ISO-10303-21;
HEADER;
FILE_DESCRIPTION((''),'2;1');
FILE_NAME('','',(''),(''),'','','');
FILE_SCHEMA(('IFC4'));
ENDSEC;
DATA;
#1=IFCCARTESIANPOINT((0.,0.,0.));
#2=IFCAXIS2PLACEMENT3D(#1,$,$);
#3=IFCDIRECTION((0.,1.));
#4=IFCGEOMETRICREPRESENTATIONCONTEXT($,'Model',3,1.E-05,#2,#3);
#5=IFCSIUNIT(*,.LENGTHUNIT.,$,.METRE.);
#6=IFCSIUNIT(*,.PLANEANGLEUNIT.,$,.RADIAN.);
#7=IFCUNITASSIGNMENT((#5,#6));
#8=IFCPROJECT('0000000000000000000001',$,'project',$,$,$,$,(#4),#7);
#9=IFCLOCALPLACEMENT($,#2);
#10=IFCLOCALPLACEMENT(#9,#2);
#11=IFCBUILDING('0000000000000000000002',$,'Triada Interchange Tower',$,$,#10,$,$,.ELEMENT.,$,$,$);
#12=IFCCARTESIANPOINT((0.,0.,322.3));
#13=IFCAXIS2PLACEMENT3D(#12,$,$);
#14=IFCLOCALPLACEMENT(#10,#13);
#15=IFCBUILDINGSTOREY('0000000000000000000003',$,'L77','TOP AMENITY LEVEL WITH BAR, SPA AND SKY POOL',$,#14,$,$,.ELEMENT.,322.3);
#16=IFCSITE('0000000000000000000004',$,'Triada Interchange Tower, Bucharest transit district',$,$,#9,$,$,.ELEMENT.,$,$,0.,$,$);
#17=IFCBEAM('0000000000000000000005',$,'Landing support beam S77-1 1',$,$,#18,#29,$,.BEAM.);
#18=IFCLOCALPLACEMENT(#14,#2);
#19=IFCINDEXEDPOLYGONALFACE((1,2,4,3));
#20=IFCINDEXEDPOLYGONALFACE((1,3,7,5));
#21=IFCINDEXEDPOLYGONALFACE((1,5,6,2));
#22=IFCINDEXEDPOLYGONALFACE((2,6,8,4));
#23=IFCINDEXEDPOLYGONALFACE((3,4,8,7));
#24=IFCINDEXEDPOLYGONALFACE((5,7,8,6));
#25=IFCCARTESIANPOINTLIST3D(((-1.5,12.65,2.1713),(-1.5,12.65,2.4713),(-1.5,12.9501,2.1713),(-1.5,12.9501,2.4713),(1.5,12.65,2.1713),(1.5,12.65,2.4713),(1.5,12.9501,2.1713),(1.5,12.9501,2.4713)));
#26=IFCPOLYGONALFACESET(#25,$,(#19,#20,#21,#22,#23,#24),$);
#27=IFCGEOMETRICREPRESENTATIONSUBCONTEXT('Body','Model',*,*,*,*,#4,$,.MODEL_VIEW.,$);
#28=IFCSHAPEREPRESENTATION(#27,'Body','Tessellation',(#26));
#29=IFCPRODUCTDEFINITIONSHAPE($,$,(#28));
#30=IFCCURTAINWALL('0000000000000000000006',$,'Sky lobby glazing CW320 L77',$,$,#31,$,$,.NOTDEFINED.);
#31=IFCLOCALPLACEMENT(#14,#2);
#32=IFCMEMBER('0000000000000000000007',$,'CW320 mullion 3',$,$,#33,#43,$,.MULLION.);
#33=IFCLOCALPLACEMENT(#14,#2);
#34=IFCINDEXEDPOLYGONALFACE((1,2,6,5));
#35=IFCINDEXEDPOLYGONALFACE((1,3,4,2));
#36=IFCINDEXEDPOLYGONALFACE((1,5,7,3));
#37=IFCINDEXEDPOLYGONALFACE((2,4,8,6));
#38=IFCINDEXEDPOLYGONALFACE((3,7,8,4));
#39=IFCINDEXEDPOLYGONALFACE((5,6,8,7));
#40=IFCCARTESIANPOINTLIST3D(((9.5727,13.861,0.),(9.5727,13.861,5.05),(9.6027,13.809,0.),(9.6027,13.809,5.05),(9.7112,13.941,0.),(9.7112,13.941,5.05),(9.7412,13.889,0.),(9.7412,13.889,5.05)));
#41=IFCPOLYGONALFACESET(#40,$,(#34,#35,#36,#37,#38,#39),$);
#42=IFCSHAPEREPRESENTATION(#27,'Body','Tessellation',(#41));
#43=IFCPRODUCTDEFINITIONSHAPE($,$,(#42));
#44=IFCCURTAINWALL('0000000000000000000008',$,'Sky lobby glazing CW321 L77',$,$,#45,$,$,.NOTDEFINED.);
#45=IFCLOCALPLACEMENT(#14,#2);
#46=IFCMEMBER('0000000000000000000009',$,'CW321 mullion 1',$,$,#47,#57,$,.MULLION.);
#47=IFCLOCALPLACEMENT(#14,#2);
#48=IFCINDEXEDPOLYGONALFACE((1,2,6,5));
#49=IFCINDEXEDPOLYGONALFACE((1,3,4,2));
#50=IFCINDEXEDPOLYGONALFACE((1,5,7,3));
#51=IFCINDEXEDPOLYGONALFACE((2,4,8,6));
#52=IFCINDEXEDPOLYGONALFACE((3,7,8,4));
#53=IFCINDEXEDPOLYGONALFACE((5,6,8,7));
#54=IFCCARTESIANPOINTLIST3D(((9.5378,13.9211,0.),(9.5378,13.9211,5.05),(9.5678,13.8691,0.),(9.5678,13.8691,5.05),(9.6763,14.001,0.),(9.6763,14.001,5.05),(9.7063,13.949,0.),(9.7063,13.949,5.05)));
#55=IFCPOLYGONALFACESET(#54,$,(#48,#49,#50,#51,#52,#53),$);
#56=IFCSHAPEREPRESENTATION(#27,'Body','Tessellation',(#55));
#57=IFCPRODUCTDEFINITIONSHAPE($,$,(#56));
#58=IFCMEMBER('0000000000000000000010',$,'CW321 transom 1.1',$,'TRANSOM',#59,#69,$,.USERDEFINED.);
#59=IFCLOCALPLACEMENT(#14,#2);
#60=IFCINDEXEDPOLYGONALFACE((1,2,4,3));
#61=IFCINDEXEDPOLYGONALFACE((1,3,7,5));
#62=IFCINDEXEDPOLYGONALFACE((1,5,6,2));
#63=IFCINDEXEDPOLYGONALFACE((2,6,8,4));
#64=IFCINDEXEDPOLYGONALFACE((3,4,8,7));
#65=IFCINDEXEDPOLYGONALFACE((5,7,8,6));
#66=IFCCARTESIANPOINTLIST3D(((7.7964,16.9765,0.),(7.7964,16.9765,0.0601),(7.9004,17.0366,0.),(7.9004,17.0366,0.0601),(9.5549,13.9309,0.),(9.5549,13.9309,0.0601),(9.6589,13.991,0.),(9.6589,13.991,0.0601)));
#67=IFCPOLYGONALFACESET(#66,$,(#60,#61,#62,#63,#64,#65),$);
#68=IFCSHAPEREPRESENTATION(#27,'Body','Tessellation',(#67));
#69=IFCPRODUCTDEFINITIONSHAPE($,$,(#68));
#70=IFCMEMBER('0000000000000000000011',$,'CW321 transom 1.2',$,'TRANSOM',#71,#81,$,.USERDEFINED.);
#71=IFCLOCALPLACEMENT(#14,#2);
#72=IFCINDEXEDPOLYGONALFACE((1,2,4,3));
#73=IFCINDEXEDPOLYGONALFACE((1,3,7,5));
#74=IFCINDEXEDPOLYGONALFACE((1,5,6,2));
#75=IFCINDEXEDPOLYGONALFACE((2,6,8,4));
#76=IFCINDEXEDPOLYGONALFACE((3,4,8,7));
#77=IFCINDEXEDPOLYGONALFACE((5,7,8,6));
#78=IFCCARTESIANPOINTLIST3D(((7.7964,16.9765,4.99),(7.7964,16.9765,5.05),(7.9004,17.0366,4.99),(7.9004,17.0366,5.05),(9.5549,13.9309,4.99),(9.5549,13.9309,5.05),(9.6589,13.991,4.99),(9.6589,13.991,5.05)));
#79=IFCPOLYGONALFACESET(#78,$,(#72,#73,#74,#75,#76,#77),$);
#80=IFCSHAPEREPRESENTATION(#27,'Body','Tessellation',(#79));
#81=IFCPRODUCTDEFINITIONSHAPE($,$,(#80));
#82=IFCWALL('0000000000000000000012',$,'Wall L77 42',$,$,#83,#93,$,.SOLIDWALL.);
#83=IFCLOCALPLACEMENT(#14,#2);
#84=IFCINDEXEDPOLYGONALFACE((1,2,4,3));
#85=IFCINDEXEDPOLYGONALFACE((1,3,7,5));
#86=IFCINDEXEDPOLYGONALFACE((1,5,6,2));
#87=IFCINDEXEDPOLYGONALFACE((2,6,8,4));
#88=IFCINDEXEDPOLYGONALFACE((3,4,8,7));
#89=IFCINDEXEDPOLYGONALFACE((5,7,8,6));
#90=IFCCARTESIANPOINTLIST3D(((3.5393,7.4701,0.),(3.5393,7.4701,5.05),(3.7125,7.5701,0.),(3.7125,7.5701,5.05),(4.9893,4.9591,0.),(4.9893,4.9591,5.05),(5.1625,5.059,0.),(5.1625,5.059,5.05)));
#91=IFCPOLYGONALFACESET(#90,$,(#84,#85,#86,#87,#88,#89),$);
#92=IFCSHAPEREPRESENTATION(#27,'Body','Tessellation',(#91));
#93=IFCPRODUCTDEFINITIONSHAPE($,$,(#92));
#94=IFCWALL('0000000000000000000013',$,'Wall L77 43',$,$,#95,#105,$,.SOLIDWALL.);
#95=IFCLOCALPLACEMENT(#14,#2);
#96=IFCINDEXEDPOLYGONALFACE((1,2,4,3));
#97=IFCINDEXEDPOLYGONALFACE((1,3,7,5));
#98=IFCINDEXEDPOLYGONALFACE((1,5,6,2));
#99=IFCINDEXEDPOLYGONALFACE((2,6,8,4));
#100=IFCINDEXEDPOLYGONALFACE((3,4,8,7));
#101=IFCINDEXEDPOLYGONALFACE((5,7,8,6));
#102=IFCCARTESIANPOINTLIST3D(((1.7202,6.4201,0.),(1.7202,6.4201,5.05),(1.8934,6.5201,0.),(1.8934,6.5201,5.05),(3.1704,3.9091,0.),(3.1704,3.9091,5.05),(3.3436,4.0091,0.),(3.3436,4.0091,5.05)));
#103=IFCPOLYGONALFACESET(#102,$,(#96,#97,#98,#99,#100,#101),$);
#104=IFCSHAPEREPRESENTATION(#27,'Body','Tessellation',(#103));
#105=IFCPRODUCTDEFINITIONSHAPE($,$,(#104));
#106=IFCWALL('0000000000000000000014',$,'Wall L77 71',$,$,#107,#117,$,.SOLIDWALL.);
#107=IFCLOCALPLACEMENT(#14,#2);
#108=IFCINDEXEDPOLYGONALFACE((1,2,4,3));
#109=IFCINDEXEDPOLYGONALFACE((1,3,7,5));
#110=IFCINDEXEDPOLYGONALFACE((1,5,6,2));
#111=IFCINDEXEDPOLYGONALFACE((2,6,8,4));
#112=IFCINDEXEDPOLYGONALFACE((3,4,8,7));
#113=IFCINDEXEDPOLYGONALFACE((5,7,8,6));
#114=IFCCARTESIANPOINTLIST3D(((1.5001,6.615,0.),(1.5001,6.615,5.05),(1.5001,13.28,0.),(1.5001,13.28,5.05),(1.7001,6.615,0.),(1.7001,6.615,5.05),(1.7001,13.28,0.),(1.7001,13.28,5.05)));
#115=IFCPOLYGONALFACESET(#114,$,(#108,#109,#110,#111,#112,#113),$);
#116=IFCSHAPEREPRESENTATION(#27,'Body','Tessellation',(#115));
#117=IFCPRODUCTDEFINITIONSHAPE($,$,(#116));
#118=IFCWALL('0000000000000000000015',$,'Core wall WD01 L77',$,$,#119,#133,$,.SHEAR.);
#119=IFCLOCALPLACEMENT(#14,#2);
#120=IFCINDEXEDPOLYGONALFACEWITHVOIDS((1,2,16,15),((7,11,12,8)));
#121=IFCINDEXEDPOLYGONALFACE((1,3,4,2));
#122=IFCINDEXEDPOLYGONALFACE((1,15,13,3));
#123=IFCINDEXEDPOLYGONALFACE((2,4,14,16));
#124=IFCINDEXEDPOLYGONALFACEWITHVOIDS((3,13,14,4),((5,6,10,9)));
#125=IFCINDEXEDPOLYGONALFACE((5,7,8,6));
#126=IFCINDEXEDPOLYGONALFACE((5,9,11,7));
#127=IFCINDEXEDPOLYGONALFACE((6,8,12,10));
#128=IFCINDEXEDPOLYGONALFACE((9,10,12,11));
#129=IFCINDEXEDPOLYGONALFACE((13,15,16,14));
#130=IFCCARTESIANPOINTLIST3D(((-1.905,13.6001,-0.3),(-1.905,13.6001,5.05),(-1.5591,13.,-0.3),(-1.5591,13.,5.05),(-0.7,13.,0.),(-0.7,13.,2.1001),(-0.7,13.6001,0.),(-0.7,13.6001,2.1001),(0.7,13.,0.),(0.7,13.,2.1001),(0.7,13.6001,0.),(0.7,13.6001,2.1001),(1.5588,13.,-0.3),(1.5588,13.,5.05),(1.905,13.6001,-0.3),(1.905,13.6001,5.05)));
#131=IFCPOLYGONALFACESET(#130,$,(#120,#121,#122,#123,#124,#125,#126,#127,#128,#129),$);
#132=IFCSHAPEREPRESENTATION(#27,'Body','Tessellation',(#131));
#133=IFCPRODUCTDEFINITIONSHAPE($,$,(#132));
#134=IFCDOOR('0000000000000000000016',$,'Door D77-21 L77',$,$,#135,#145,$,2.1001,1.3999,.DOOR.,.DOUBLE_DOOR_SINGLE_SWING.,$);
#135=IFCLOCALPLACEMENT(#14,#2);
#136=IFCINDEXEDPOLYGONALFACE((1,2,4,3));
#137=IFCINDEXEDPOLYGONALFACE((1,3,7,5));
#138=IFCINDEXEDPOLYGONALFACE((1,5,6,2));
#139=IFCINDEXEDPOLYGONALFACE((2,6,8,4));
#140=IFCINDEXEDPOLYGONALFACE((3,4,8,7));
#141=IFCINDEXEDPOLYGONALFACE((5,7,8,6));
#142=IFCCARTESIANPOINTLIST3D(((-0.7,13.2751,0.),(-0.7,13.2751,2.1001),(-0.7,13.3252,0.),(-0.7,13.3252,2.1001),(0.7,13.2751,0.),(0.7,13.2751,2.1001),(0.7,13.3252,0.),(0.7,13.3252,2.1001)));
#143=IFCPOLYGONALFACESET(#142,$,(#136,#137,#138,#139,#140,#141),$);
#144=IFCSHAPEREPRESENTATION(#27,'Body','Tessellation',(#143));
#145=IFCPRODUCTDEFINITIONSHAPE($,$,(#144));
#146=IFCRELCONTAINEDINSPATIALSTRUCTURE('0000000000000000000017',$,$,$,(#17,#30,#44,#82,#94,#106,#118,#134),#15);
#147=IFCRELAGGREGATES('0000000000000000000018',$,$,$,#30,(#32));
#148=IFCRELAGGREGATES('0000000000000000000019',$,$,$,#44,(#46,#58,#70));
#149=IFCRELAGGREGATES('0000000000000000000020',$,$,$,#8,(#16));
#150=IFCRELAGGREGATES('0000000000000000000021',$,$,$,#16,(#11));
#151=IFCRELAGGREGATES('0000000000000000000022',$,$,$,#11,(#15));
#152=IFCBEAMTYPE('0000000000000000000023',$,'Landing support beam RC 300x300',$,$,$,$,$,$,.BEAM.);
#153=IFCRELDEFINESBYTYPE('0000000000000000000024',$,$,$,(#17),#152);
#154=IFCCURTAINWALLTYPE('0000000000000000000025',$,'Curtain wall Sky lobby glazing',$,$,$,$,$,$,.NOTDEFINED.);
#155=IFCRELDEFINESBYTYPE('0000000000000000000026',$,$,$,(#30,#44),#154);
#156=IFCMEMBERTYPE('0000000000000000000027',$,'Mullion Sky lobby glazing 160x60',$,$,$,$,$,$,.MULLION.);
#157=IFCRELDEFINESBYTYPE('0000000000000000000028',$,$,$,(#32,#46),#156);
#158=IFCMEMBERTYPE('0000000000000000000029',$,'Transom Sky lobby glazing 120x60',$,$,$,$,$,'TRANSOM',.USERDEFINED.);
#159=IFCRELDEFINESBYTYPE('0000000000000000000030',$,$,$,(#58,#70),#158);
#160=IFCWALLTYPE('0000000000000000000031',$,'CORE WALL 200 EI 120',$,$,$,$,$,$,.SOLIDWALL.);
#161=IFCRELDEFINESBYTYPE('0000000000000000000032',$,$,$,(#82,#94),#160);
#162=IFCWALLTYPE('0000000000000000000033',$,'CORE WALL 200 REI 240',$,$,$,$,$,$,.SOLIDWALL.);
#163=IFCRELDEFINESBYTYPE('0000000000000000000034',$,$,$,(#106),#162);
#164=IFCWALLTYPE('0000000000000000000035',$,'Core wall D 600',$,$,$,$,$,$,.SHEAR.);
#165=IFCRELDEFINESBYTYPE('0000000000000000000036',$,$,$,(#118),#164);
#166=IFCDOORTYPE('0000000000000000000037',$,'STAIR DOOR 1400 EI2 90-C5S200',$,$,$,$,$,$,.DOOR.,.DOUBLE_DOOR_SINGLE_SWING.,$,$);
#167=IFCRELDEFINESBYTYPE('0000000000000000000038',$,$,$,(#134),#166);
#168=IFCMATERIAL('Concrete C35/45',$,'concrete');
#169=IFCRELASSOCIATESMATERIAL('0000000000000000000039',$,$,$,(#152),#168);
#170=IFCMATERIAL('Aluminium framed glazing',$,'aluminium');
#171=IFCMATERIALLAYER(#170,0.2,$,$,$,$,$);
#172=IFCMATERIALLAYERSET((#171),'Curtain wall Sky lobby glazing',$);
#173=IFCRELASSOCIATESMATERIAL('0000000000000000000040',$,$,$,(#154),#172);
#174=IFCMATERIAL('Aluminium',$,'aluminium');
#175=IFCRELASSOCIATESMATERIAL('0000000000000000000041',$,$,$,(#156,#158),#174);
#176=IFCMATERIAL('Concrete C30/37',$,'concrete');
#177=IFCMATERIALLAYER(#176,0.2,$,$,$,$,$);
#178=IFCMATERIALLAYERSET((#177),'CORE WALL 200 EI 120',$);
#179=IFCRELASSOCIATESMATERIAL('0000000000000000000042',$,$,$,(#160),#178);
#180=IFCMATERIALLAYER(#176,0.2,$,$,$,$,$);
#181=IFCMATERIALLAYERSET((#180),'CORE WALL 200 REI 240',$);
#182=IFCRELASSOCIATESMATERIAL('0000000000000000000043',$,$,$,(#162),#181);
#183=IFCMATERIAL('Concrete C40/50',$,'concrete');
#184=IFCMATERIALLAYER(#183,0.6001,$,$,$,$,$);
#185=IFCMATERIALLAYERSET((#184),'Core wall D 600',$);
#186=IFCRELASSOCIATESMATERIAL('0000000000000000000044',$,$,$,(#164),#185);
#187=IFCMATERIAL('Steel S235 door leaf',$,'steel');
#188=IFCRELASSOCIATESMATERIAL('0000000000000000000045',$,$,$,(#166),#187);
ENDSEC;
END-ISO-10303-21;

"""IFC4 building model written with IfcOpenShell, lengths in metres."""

from ifc_helpers import new_model, si_unit, direction, frame, frame_2d, origin, origin_2d, place, context, subcontext, project, spatial, polyline, rectangle, outline, extrude, material, layer, layer_set, material_profile, profile_set, type_object, element, fill, aggregate, save


model = new_model("IFC4")

# Units and contexts
model_context = context("Model", 3, precision=1e-05, world=origin(), true_north=direction((0.0, 1.0)))
body_context = subcontext(model_context, "Body", "Model", "MODEL_VIEW")
ifc_project = project(units=[si_unit("LENGTHUNIT", "METRE"), si_unit("PLANEANGLEUNIT", "RADIAN")], contexts=[model_context])

# Site, building, storey
site_placement = place(None, origin())
site = spatial("IfcSite", under=ifc_project, at=site_placement, Name="Triada Interchange Tower, Bucharest transit district", CompositionType="ELEMENT", RefElevation=0.0)
building_placement = place(site_placement, origin())
building = spatial("IfcBuilding", under=site, at=building_placement, Name="Triada Interchange Tower", CompositionType="ELEMENT")
storey_placement = place(building_placement, frame((0.0, 0.0, 322.3)))
storey = spatial("IfcBuildingStorey", under=building, at=storey_placement, Name="L77", Description="TOP AMENITY LEVEL WITH BAR, SPA AND SKY POOL", CompositionType="ELEMENT", Elevation=322.3)

# Beam
ifc_material_1 = material(Name="Concrete C35/45", Category="concrete")
ifc_material_profile_1 = material_profile(ifc_material_1, rectangle(XDim=0.3, YDim=0.3, at=origin_2d()), Name="RC 300x300")
ifc_profile_set_1 = profile_set([ifc_material_profile_1], Name="Concrete C35/45")
beam_type = type_object("IfcBeamType", Name="Landing support beam RC 300x300", PredefinedType="BEAM", material=ifc_profile_set_1)
beam_placement = place(storey_placement, frame((1.5, 12.8, 2.3213), z_axis=(-1.0, 0.0, 0.0), x_axis=(0.0, -1.0, 0.0)))
element("IfcBeam", 1, at=beam_placement, inside=storey, type_object=beam_type, Name="Landing support beam S77-1 1", PredefinedType="BEAM", context=body_context, shape_type="SweptSolid", body=[
    extrude(rectangle(XDim=0.3, YDim=0.3, at=origin_2d()), origin(), (0.0, 0.0, 1.0), 3.0),
])

# Curtain wall, member
ifc_material_2 = material(Name="Aluminium framed glazing", Category="aluminium")
ifc_layer_1 = layer(ifc_material_2, 0.2)
ifc_layer_set_1 = layer_set([ifc_layer_1], Name="Curtain wall Sky lobby glazing")
curtain_wall_type = type_object("IfcCurtainWallType", Name="Curtain wall Sky lobby glazing", PredefinedType="NOTDEFINED", material=ifc_layer_set_1)
curtain_wall_1_placement = place(storey_placement, origin())
curtain_wall_1 = element("IfcCurtainWall", 2, at=curtain_wall_1_placement, inside=storey, type_object=curtain_wall_type, Name="Sky lobby glazing CW320 L77", PredefinedType="NOTDEFINED")
ifc_material_3 = material(Name="Aluminium", Category="aluminium")
ifc_material_profile_2 = material_profile(ifc_material_3, rectangle(XDim=0.1599, YDim=0.0601, at=origin_2d()), Name="Aluminium mullion")
ifc_profile_set_2 = profile_set([ifc_material_profile_2], Name="Aluminium")
member_type_1 = type_object("IfcMemberType", Name="Mullion Sky lobby glazing 160x60", PredefinedType="MULLION", material=ifc_profile_set_2)
member_1_placement = place(storey_placement, frame((9.657, 13.875, 0.0), z_axis=(0.0, 0.0, 1.0), x_axis=(-0.866068, -0.499926, 0.0)))
member_1 = element("IfcMember", 3, at=member_1_placement, type_object=member_type_1, Name="CW320 mullion 3", PredefinedType="MULLION", context=body_context, shape_type="SweptSolid", body=[
    extrude(rectangle(XDim=0.1599, YDim=0.0601, at=origin_2d()), origin(), (0.0, 0.0, 1.0), 5.05),
])
aggregate(curtain_wall_1, [member_1])

# Curtain wall, members
curtain_wall_2_placement = place(storey_placement, origin())
curtain_wall_2 = element("IfcCurtainWall", 4, at=curtain_wall_2_placement, inside=storey, type_object=curtain_wall_type, Name="Sky lobby glazing CW321 L77", PredefinedType="NOTDEFINED")
member_2_placement = place(storey_placement, frame((9.6221, 13.9351, 0.0), z_axis=(0.0, 0.0, 1.0), x_axis=(-0.866008, -0.50003, 0.0)))
member_2 = element("IfcMember", 5, at=member_2_placement, type_object=member_type_1, Name="CW321 mullion 1", PredefinedType="MULLION", context=body_context, shape_type="SweptSolid", body=[
    extrude(rectangle(XDim=0.1599, YDim=0.0601, at=origin_2d()), origin(), (0.0, 0.0, 1.0), 5.05),
])
ifc_material_profile_3 = material_profile(ifc_material_3, rectangle(XDim=0.1201, YDim=0.0601, at=origin_2d()), Name="Aluminium transom")
ifc_profile_set_3 = profile_set([ifc_material_profile_3], Name="Aluminium")
member_type_2 = type_object("IfcMemberType", Name="Transom Sky lobby glazing 120x60", ElementType="TRANSOM", PredefinedType="USERDEFINED", material=ifc_profile_set_3)
member_3_placement = place(storey_placement, frame((9.6069, 13.9609, 0.03), z_axis=(-0.500029, 0.866009, 0.0), x_axis=(-0.866009, -0.500029, 0.0)))
member_3 = element("IfcMember", 6, at=member_3_placement, type_object=member_type_2, Name="CW321 transom 1.1", ObjectType="TRANSOM", PredefinedType="USERDEFINED", context=body_context, shape_type="SweptSolid", body=[
    extrude(rectangle(XDim=0.1201, YDim=0.0601, at=origin_2d()), origin(), (0.0, 0.0, 1.0), 3.5168),
])
member_4_placement = place(storey_placement, frame((9.6069, 13.9609, 5.02), z_axis=(-0.500029, 0.866009, 0.0), x_axis=(-0.866009, -0.500029, 0.0)))
member_4 = element("IfcMember", 7, at=member_4_placement, type_object=member_type_2, Name="CW321 transom 1.2", ObjectType="TRANSOM", PredefinedType="USERDEFINED", context=body_context, shape_type="SweptSolid", body=[
    extrude(rectangle(XDim=0.1201, YDim=0.0601, at=origin_2d()), origin(), (0.0, 0.0, 1.0), 3.5168),
])
aggregate(curtain_wall_2, [member_2, member_3, member_4])

# Walls
ifc_material_4 = material(Name="Concrete C30/37", Category="concrete")
ifc_layer_2 = layer(ifc_material_4, 0.2)
ifc_layer_set_2 = layer_set([ifc_layer_2], Name="CORE WALL 200 EI 120")
wall_type_1 = type_object("IfcWallType", Name="CORE WALL 200 EI 120", PredefinedType="SOLIDWALL", material=ifc_layer_set_2)
for number, where, z_axis, x_axis, name in (
    (8, (3.626, 7.52, 0.0), (0.0, 0.0, 1.0), (0.50006, -0.865991, 0.0), "Wall L77 42"),
    (9, (1.8069, 6.47, 0.0), (0.0, 0.0, 1.0), (0.500123, -0.865954, 0.0), "Wall L77 43"),
):
    element("IfcWall", number, at=place(storey_placement, frame(where, z_axis=z_axis, x_axis=x_axis)), inside=storey, type_object=wall_type_1, Name=name, PredefinedType="SOLIDWALL", context=body_context, shape_type="SweptSolid", body=[
        extrude(rectangle(XDim=2.8997, YDim=0.2, at=frame_2d((1.4497, 0.0))), origin(), (0.0, 0.0, 1.0), 5.05),
    ])
ifc_layer_3 = layer(ifc_material_4, 0.2)
ifc_layer_set_3 = layer_set([ifc_layer_3], Name="CORE WALL 200 REI 240")
wall_type_2 = type_object("IfcWallType", Name="CORE WALL 200 REI 240", PredefinedType="SOLIDWALL", material=ifc_layer_set_3)
wall_1_placement = place(storey_placement, frame((1.6001, 6.615, 0.0), z_axis=(0.0, 0.0, 1.0), x_axis=(0.0, 1.0, 0.0)))
element("IfcWall", 10, at=wall_1_placement, inside=storey, type_object=wall_type_2, Name="Wall L77 71", PredefinedType="SOLIDWALL", context=body_context, shape_type="SweptSolid", body=[
    extrude(rectangle(XDim=6.665, YDim=0.2, at=frame_2d((3.3325, 0.0))), origin(), (0.0, 0.0, 1.0), 5.05),
])

# Wall, opening, door
ifc_material_5 = material(Name="Concrete C40/50", Category="concrete")
ifc_layer_4 = layer(ifc_material_5, 0.6001)
ifc_layer_set_4 = layer_set([ifc_layer_4], Name="Core wall D 600")
wall_type_3 = type_object("IfcWallType", Name="Core wall D 600", PredefinedType="SHEAR", material=ifc_layer_set_4)
wall_2_placement = place(storey_placement, frame((1.7319, 13.3, -0.3), z_axis=(0.0, 0.0, 1.0), x_axis=(-1.0, 0.0, 0.0)))
wall_2 = element("IfcWall", 11, at=wall_2_placement, inside=storey, type_object=wall_type_3, Name="Core wall WD01 L77", PredefinedType="SHEAR", context=body_context, shape_type="SweptSolid", body=[
    extrude(outline(polyline([(-0.1731, -0.3), (1.7319, -0.3), (3.637, -0.3), (3.291, 0.3), (1.7319, 0.3), (0.1731, 0.3), (-0.1731, -0.3)])), origin(), (0.0, 0.0, 1.0), 5.3501),
])
opening_1_placement = place(wall_2_placement, frame((1.032, 0.0, 0.3)))
opening_1 = element("IfcOpeningElement", 12, at=opening_1_placement, cuts=wall_2, PredefinedType="OPENING", context=body_context, shape_type="SweptSolid", body=[
    extrude(rectangle(XDim=1.3999, YDim=2.1001, at=frame_2d((0.7, 1.05))), frame((0.0, 0.3101, 0.0), z_axis=(0.0, -1.0, 0.0), x_axis=(1.0, 0.0, 0.0)), (0.0, 0.0, 1.0), 0.6201),
])
ifc_material_6 = material(Name="Steel S235 door leaf", Category="steel")
door_type_1 = type_object("IfcDoorType", Name="STAIR DOOR 1400 EI2 90-C5S200", OperationType="DOUBLE_DOOR_SINGLE_SWING", PredefinedType="DOOR", material=ifc_material_6)
door_1_placement = place(opening_1_placement, origin())
door_1 = element("IfcDoor", 13, at=door_1_placement, inside=storey, type_object=door_type_1, Name="Door D77-21 L77", OperationType="DOUBLE_DOOR_SINGLE_SWING", OverallHeight=2.1001, OverallWidth=1.3999, PredefinedType="DOOR", context=body_context, shape_type="SweptSolid", body=[
    extrude(rectangle(XDim=1.3999, YDim=2.1001, at=frame_2d((0.7, 1.05))), frame((0.0, 0.0249, 0.0), z_axis=(0.0, -1.0, 0.0), x_axis=(1.0, 0.0, 0.0)), (0.0, 0.0, 1.0), 0.05),
])
fill(opening_1, door_1)

save(model, "model.ifc")
